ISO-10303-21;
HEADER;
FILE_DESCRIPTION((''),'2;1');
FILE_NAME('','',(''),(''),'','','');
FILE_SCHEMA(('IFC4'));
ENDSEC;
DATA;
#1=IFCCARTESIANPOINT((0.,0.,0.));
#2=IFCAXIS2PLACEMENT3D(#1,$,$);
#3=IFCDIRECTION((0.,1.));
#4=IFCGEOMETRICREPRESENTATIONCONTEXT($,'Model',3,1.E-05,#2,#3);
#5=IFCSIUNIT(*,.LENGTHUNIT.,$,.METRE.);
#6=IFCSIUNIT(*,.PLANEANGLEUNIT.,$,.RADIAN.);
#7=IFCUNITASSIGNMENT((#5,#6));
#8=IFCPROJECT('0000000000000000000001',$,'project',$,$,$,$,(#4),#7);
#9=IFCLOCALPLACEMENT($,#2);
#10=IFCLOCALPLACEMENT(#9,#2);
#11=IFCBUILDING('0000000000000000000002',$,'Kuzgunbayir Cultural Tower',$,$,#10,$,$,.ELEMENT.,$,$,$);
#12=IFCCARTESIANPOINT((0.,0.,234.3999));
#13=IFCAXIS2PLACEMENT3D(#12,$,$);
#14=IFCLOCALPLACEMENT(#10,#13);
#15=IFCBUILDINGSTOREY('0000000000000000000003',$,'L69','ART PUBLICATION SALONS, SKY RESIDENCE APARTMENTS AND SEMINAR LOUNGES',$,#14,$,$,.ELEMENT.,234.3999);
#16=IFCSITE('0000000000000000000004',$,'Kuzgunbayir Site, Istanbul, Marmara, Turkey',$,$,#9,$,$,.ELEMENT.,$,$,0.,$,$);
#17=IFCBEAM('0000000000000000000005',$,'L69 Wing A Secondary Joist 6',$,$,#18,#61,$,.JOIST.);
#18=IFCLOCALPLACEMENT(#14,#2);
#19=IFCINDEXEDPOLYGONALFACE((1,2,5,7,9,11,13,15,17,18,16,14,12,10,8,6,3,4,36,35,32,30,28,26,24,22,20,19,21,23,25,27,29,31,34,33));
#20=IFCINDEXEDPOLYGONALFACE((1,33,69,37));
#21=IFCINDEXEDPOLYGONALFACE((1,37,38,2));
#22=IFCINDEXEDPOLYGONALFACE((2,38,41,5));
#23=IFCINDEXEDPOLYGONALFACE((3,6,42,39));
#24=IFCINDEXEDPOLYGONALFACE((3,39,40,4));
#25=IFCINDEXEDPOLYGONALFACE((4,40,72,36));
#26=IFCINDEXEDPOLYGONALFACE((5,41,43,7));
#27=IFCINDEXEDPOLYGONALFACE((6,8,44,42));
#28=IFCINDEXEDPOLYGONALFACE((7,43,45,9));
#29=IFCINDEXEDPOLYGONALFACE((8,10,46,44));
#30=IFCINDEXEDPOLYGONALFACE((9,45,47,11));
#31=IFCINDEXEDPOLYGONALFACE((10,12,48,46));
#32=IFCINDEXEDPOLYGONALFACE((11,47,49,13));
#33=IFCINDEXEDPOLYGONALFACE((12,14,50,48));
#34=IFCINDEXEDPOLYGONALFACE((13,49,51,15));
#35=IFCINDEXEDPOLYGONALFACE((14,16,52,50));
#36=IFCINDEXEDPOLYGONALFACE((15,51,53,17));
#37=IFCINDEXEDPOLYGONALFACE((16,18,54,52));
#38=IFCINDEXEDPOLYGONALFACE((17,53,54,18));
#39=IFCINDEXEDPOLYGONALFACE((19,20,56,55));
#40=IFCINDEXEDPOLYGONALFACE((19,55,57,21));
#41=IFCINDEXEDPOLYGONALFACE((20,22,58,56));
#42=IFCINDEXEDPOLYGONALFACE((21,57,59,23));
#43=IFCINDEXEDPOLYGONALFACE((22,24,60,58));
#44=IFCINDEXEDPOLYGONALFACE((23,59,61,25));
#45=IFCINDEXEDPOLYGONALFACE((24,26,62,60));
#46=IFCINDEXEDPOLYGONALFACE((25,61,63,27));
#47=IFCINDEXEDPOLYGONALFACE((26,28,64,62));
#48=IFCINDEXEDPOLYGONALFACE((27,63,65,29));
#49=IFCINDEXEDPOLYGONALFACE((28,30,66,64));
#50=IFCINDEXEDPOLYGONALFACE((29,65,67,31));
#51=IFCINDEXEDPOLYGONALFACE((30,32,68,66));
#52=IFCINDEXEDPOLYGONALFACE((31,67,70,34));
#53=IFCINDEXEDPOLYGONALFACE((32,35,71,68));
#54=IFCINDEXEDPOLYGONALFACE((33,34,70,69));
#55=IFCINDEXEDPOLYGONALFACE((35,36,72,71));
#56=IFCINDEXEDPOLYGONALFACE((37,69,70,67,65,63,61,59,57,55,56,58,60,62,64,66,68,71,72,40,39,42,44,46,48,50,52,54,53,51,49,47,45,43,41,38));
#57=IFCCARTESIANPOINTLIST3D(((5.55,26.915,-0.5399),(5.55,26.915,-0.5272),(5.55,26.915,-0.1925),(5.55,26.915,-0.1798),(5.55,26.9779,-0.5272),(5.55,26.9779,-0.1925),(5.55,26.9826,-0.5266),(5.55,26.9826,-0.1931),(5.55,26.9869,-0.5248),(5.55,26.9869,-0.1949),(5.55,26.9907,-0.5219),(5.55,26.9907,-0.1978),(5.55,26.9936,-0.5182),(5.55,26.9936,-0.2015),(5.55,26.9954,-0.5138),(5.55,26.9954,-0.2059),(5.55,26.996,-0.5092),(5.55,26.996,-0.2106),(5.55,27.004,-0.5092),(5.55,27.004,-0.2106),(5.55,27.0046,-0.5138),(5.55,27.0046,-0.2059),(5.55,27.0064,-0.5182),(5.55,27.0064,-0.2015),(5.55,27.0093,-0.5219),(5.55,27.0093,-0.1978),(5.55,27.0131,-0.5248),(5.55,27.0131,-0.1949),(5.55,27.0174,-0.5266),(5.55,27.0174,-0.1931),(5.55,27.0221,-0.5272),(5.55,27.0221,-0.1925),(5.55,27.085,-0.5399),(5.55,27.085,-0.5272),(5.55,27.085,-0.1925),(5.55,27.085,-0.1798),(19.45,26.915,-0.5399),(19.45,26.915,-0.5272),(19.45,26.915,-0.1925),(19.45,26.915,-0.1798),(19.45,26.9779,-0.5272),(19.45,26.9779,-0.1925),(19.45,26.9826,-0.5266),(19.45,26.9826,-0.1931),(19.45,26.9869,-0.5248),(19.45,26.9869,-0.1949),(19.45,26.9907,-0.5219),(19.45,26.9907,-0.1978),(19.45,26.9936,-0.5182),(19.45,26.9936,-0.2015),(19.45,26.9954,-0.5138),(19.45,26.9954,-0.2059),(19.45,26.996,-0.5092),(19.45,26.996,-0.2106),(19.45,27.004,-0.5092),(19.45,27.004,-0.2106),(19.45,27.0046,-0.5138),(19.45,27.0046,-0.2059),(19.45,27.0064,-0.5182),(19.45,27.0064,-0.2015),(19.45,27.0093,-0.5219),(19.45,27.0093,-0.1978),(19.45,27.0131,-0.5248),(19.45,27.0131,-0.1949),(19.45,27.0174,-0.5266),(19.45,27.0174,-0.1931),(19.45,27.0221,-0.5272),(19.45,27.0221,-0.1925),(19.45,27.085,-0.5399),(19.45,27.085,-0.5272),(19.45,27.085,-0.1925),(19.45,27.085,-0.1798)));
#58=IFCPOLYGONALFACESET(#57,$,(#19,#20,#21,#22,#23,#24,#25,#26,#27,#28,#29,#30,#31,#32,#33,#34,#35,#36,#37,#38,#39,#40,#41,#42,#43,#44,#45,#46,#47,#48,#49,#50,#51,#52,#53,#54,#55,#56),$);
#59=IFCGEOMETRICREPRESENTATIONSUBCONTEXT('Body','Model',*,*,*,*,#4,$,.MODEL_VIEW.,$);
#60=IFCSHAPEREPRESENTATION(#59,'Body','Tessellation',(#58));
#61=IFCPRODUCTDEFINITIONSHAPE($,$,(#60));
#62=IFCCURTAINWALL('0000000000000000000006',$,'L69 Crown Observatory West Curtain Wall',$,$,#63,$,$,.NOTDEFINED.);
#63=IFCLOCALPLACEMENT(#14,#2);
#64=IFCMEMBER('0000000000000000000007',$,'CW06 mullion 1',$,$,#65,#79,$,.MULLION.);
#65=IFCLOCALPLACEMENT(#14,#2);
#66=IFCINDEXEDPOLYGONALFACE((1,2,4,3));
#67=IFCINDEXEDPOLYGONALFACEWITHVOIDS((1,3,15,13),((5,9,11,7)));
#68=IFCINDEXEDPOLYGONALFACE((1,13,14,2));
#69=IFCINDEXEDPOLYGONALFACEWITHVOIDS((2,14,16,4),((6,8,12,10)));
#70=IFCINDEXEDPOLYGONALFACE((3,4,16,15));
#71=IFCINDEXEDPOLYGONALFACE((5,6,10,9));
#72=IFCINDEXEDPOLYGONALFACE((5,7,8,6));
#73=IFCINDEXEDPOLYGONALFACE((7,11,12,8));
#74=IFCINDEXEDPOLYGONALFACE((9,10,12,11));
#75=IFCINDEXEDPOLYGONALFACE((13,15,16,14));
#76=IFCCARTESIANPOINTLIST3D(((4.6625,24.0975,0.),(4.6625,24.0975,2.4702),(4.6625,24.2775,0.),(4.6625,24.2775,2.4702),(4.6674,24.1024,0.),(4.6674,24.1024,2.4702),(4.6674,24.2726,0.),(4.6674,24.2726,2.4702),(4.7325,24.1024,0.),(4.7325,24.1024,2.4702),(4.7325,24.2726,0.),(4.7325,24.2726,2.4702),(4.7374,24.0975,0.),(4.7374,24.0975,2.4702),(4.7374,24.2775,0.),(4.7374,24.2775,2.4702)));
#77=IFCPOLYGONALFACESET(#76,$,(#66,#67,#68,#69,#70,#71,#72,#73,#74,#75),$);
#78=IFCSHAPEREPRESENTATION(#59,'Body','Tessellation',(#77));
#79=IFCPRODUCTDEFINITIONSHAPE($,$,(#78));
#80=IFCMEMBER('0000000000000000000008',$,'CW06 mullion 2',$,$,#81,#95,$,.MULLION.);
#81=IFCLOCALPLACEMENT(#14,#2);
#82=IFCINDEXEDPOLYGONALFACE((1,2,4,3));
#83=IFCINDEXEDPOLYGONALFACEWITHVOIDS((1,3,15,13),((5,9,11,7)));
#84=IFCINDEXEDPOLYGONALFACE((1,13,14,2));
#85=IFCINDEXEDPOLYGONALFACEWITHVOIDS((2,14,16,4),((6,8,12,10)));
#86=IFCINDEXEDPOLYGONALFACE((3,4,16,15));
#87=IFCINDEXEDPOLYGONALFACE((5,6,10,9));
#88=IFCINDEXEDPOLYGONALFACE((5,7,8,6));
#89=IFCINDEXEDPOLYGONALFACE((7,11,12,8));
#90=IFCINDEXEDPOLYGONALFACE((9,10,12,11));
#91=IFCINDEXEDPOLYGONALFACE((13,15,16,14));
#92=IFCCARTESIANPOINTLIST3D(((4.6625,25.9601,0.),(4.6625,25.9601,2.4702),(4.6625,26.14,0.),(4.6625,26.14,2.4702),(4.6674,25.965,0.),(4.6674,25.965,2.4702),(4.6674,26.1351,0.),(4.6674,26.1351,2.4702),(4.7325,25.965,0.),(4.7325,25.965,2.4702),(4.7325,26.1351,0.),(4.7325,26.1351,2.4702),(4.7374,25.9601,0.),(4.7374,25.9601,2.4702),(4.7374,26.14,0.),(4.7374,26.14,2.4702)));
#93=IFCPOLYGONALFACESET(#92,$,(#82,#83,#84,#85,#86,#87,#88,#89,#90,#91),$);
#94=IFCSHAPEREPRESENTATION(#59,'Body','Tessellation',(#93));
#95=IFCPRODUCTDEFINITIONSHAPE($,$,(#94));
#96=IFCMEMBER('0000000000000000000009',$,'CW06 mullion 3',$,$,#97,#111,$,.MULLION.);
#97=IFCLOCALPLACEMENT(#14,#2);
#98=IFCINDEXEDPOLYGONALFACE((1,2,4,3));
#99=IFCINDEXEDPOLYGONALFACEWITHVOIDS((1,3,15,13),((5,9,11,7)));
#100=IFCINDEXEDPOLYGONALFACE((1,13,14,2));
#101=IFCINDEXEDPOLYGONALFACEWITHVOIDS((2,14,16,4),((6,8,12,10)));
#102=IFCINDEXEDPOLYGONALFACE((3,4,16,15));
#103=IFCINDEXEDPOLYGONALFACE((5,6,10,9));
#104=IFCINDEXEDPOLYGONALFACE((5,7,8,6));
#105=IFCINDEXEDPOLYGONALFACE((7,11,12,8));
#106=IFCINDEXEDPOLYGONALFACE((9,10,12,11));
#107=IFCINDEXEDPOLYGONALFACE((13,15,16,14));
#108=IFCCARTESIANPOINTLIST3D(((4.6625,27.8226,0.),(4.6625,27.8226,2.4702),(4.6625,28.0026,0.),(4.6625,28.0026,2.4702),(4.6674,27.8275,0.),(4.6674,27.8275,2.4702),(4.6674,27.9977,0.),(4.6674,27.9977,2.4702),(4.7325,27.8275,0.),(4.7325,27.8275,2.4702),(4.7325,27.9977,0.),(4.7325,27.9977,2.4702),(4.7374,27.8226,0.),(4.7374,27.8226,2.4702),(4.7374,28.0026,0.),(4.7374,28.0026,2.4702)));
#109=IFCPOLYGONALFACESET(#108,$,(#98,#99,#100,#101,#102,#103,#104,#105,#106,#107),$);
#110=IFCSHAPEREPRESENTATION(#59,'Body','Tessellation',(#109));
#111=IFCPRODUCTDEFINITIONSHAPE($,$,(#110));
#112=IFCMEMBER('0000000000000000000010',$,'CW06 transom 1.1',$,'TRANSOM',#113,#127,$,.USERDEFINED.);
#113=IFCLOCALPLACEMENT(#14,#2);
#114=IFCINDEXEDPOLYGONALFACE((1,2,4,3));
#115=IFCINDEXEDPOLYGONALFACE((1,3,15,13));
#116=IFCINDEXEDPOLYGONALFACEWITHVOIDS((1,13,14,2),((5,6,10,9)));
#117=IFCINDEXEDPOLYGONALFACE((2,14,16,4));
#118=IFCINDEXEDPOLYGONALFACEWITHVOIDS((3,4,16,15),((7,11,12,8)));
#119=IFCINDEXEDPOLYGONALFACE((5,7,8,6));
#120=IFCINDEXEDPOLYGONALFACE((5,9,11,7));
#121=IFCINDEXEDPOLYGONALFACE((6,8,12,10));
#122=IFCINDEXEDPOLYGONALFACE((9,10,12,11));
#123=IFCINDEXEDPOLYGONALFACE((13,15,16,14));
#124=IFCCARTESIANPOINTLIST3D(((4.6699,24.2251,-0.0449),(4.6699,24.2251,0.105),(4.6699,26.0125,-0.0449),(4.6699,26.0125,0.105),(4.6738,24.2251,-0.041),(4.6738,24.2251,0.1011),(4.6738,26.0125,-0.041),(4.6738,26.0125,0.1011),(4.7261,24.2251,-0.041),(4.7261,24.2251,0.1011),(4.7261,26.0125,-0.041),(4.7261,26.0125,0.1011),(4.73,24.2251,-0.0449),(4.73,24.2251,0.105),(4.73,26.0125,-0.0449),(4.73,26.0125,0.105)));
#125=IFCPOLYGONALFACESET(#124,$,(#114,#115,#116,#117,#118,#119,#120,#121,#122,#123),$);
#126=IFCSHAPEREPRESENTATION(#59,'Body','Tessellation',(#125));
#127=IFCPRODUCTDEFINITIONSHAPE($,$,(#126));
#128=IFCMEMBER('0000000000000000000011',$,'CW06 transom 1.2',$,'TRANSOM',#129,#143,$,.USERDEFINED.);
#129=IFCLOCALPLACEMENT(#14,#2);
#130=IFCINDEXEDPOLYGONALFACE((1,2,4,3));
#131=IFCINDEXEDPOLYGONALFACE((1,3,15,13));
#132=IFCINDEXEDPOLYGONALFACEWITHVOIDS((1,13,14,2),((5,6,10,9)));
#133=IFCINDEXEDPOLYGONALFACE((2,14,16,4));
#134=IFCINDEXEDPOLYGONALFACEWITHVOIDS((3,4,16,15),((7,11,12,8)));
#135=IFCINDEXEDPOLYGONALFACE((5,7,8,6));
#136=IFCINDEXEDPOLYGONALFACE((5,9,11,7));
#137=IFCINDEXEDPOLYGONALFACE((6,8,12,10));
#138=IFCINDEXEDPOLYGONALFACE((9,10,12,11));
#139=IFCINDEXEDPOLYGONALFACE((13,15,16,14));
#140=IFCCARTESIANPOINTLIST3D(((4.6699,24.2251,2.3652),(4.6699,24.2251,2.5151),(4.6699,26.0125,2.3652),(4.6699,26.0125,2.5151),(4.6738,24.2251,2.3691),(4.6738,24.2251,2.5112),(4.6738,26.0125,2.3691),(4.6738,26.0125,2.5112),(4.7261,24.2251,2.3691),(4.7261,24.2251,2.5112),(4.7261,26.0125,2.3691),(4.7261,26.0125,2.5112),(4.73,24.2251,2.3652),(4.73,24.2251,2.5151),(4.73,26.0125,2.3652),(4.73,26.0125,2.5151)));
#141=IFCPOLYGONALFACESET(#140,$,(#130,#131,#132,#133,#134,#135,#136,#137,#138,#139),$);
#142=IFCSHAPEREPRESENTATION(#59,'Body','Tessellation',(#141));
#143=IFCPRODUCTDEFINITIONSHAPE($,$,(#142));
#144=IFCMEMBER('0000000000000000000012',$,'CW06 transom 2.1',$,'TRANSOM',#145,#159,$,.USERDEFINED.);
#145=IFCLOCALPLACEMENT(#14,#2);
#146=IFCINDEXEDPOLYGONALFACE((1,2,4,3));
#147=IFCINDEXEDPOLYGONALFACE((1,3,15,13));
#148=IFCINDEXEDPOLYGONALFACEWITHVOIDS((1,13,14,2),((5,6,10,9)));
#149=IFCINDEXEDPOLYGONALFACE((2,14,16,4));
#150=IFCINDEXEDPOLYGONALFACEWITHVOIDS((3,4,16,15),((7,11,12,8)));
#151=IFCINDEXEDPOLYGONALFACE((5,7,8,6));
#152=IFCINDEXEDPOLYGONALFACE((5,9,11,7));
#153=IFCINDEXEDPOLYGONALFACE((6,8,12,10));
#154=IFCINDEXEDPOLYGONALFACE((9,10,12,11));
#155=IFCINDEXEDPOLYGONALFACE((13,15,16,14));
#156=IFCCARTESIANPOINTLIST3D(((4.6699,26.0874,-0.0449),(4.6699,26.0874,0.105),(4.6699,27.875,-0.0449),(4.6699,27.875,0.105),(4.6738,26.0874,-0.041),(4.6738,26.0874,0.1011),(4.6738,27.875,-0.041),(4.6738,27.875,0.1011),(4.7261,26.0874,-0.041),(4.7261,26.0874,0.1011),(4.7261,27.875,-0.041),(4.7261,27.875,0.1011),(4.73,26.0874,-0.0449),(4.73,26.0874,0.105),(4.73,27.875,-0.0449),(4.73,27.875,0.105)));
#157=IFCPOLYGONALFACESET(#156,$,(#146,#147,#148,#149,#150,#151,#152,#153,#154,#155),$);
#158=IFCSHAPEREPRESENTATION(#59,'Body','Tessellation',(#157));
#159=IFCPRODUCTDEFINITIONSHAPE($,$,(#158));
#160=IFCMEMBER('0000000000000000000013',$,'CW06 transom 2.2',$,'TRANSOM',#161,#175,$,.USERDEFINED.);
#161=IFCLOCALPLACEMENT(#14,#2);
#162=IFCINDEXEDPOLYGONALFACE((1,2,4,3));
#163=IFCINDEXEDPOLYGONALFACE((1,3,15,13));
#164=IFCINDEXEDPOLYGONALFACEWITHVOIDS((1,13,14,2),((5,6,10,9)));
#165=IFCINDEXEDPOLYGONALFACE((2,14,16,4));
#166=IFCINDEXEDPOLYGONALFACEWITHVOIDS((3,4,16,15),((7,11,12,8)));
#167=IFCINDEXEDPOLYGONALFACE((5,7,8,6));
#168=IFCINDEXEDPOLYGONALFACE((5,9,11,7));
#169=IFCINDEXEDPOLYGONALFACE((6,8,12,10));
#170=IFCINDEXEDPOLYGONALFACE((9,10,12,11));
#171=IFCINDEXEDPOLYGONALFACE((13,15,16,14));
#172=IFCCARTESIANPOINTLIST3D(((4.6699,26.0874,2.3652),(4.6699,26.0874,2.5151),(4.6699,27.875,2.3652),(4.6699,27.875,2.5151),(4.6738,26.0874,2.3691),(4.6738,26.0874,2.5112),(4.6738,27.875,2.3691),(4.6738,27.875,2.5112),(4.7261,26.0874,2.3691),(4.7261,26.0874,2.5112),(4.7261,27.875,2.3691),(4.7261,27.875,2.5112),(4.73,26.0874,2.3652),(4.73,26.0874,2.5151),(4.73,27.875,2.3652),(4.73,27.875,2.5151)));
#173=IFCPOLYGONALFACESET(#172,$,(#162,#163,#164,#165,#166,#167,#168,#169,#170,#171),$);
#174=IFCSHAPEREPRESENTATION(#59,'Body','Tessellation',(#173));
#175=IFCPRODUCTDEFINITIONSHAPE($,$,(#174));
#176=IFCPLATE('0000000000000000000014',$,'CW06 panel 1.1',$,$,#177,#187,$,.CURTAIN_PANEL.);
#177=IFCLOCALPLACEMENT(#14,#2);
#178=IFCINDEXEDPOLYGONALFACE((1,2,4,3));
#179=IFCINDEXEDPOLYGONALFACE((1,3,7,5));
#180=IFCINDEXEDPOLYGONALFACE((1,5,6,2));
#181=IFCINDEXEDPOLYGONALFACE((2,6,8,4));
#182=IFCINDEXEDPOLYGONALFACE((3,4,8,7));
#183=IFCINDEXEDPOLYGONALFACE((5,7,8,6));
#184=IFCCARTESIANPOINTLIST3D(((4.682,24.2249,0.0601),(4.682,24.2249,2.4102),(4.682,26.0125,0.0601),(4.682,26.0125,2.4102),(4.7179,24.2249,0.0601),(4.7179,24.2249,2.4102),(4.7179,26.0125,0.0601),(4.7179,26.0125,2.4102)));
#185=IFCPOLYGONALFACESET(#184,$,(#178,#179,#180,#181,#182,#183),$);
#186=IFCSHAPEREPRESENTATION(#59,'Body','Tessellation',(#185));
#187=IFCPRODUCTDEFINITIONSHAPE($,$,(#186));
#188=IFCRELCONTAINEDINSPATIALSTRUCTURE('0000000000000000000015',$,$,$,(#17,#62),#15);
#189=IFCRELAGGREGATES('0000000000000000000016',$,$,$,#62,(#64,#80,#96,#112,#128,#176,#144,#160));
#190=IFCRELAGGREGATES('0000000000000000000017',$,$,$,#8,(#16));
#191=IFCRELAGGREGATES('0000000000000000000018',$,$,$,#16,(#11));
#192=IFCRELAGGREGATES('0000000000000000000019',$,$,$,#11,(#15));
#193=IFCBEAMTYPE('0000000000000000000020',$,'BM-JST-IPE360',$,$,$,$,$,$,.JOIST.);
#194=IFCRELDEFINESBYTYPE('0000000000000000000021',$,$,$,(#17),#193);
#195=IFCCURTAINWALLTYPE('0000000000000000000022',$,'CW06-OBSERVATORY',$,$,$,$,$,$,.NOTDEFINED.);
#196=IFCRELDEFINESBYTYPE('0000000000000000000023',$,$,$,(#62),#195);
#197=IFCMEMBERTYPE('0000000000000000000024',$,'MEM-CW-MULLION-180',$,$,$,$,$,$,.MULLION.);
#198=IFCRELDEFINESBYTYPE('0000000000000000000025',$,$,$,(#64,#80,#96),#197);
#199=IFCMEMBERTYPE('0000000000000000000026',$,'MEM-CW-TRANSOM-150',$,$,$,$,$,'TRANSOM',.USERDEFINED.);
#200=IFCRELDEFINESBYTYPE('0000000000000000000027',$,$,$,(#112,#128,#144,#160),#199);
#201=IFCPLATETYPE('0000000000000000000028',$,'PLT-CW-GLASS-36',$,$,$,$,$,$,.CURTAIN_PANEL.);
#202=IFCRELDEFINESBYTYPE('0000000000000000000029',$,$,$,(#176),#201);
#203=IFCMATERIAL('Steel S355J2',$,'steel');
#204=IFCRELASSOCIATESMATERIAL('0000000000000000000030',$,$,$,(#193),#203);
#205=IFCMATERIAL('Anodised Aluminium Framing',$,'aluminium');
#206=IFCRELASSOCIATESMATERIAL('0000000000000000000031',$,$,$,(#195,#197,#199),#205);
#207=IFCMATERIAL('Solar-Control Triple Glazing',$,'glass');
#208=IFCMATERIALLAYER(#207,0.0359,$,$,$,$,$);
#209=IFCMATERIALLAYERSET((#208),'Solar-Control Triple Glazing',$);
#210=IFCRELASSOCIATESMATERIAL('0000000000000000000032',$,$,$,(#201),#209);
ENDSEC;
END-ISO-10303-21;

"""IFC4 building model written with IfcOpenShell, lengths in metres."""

from ifc_helpers import new_model, si_unit, direction, frame, origin, origin_2d, place, context, subcontext, project, spatial, rectangle, hollow_rectangle, i_section, extrude, material, layer, layer_set, material_profile, profile_set, type_object, element, aggregate, save


model = new_model("IFC4")

# Units and contexts
model_context = context("Model", 3, precision=1e-05, world=origin(), true_north=direction((0.0, 1.0)))
body_context = subcontext(model_context, "Body", "Model", "MODEL_VIEW")
ifc_project = project(units=[si_unit("LENGTHUNIT", "METRE"), si_unit("PLANEANGLEUNIT", "RADIAN")], contexts=[model_context])

# Site, building, storey
site_placement = place(None, origin())
site = spatial("IfcSite", under=ifc_project, at=site_placement, Name="Kuzgunbayir Site, Istanbul, Marmara, Turkey", CompositionType="ELEMENT", RefElevation=0.0)
building_placement = place(site_placement, origin())
building = spatial("IfcBuilding", under=site, at=building_placement, Name="Kuzgunbayir Cultural Tower", CompositionType="ELEMENT")
storey_placement = place(building_placement, frame((0.0, 0.0, 234.3999)))
storey = spatial("IfcBuildingStorey", under=building, at=storey_placement, Name="L69", Description="ART PUBLICATION SALONS, SKY RESIDENCE APARTMENTS AND SEMINAR LOUNGES", CompositionType="ELEMENT", Elevation=234.3999)

# Beam
ifc_material_1 = material(Name="Steel S355J2", Category="steel")
ifc_material_profile_1 = material_profile(ifc_material_1, i_section(OverallWidth=0.1699, OverallDepth=0.3601, WebThickness=0.0081, FlangeThickness=0.0127, FilletRadius=0.0181, at=origin_2d()), Name="IPE 360")
ifc_profile_set_1 = profile_set([ifc_material_profile_1], Name="Steel S355J2")
beam_type_1 = type_object("IfcBeamType", Name="BM-JST-IPE360", PredefinedType="JOIST", material=ifc_profile_set_1)
for number, where, z_axis, x_axis, name in (
    (1, (5.55, 27.0, -0.3599), (1.0, 0.0, 0.0), (0.0, 1.0, 0.0), "L69 Wing A Secondary Joist 6"),
):
    element("IfcBeam", number, at=place(storey_placement, frame(where, z_axis=z_axis, x_axis=x_axis)), inside=storey, type_object=beam_type_1, Name=name, PredefinedType="JOIST", context=body_context, shape_type="SweptSolid", body=[
        extrude(i_section(OverallWidth=0.1699, OverallDepth=0.3601, WebThickness=0.0081, FlangeThickness=0.0127, FilletRadius=0.0181, at=origin_2d()), origin(), (0.0, 0.0, 1.0), 13.8999),
    ])

# Curtain wall, members, plate
ifc_material_2 = material(Name="Anodised Aluminium Framing", Category="aluminium")
curtain_wall_type = type_object("IfcCurtainWallType", Name="CW06-OBSERVATORY", PredefinedType="NOTDEFINED", material=ifc_material_2)
curtain_wall_placement = place(storey_placement, origin())
curtain_wall = element("IfcCurtainWall", 2, at=curtain_wall_placement, inside=storey, type_object=curtain_wall_type, Name="L69 Crown Observatory West Curtain Wall", PredefinedType="NOTDEFINED")
ifc_material_profile_2 = material_profile(ifc_material_2, hollow_rectangle(XDim=0.075, YDim=0.1799, WallThickness=0.0049, at=origin_2d()), Name="RHS 180x75x5")
ifc_profile_set_2 = profile_set([ifc_material_profile_2], Name="Anodised Aluminium Framing")
member_type_1 = type_object("IfcMemberType", Name="MEM-CW-MULLION-180", PredefinedType="MULLION", material=ifc_profile_set_2)
member_1_placement = place(storey_placement, frame((4.7, 24.1875, 0.0), z_axis=(0.0, 0.0, 1.0), x_axis=(-1.0, 0.0, 0.0)))
member_1 = element("IfcMember", 3, at=member_1_placement, type_object=member_type_1, Name="CW06 mullion 1", PredefinedType="MULLION", context=body_context, shape_type="SweptSolid", body=[
    extrude(hollow_rectangle(XDim=0.075, YDim=0.1799, WallThickness=0.0049, at=origin_2d()), origin(), (0.0, 0.0, 1.0), 2.4702),
])
member_2_placement = place(storey_placement, frame((4.7, 26.05, 0.0), z_axis=(0.0, 0.0, 1.0), x_axis=(-1.0, 0.0, 0.0)))
member_2 = element("IfcMember", 4, at=member_2_placement, type_object=member_type_1, Name="CW06 mullion 2", PredefinedType="MULLION", context=body_context, shape_type="SweptSolid", body=[
    extrude(hollow_rectangle(XDim=0.075, YDim=0.1799, WallThickness=0.0049, at=origin_2d()), origin(), (0.0, 0.0, 1.0), 2.4702),
])
member_3_placement = place(storey_placement, frame((4.7, 27.9126, 0.0), z_axis=(0.0, 0.0, 1.0), x_axis=(-1.0, 0.0, 0.0)))
member_3 = element("IfcMember", 5, at=member_3_placement, type_object=member_type_1, Name="CW06 mullion 3", PredefinedType="MULLION", context=body_context, shape_type="SweptSolid", body=[
    extrude(hollow_rectangle(XDim=0.075, YDim=0.1799, WallThickness=0.0049, at=origin_2d()), origin(), (0.0, 0.0, 1.0), 2.4702),
])
ifc_material_profile_3 = material_profile(ifc_material_2, hollow_rectangle(XDim=0.0601, YDim=0.1499, WallThickness=0.0039, at=origin_2d()), Name="RHS 150x60x4")
ifc_profile_set_3 = profile_set([ifc_material_profile_3], Name="Anodised Aluminium Framing")
member_type_2 = type_object("IfcMemberType", Name="MEM-CW-TRANSOM-150", ElementType="TRANSOM", PredefinedType="USERDEFINED", material=ifc_profile_set_3)
member_4_placement = place(storey_placement, frame((4.7, 24.2251, 0.03), z_axis=(0.0, 1.0, 0.0), x_axis=(-1.0, 0.0, 0.0)))
member_4 = element("IfcMember", 6, at=member_4_placement, type_object=member_type_2, Name="CW06 transom 1.1", ObjectType="TRANSOM", PredefinedType="USERDEFINED", context=body_context, shape_type="SweptSolid", body=[
    extrude(hollow_rectangle(XDim=0.0601, YDim=0.1499, WallThickness=0.0039, at=origin_2d()), origin(), (0.0, 0.0, 1.0), 1.7874),
])
member_5_placement = place(storey_placement, frame((4.7, 24.2251, 2.4402), z_axis=(0.0, 1.0, 0.0), x_axis=(-1.0, 0.0, 0.0)))
member_5 = element("IfcMember", 7, at=member_5_placement, type_object=member_type_2, Name="CW06 transom 1.2", ObjectType="TRANSOM", PredefinedType="USERDEFINED", context=body_context, shape_type="SweptSolid", body=[
    extrude(hollow_rectangle(XDim=0.0601, YDim=0.1499, WallThickness=0.0039, at=origin_2d()), origin(), (0.0, 0.0, 1.0), 1.7874),
])
member_6_placement = place(storey_placement, frame((4.7, 26.0874, 0.03), z_axis=(0.0, 1.0, 0.0), x_axis=(-1.0, 0.0, 0.0)))
member_6 = element("IfcMember", 8, at=member_6_placement, type_object=member_type_2, Name="CW06 transom 2.1", ObjectType="TRANSOM", PredefinedType="USERDEFINED", context=body_context, shape_type="SweptSolid", body=[
    extrude(hollow_rectangle(XDim=0.0601, YDim=0.1499, WallThickness=0.0039, at=origin_2d()), origin(), (0.0, 0.0, 1.0), 1.7876),
])
member_7_placement = place(storey_placement, frame((4.7, 26.0874, 2.4402), z_axis=(0.0, 1.0, 0.0), x_axis=(-1.0, 0.0, 0.0)))
member_7 = element("IfcMember", 9, at=member_7_placement, type_object=member_type_2, Name="CW06 transom 2.2", ObjectType="TRANSOM", PredefinedType="USERDEFINED", context=body_context, shape_type="SweptSolid", body=[
    extrude(hollow_rectangle(XDim=0.0601, YDim=0.1499, WallThickness=0.0039, at=origin_2d()), origin(), (0.0, 0.0, 1.0), 1.7876),
])
ifc_material_3 = material(Name="Solar-Control Triple Glazing", Category="glass")
ifc_layer_1 = layer(ifc_material_3, 0.0359)
ifc_layer_set_1 = layer_set([ifc_layer_1], Name="Solar-Control Triple Glazing")
plate_type = type_object("IfcPlateType", Name="PLT-CW-GLASS-36", PredefinedType="CURTAIN_PANEL", material=ifc_layer_set_1)
plate_1_placement = place(storey_placement, frame((4.7, 25.1187, 0.0601), z_axis=(0.0, 0.0, 1.0), x_axis=(0.0, 1.0, 0.0)))
plate_1 = element("IfcPlate", 10, at=plate_1_placement, type_object=plate_type, Name="CW06 panel 1.1", PredefinedType="CURTAIN_PANEL", context=body_context, shape_type="SweptSolid", body=[
    extrude(rectangle(XDim=1.7876, YDim=0.0359, at=origin_2d()), origin(), (0.0, 0.0, 1.0), 2.3501),
])
aggregate(curtain_wall, [member_1, member_2, member_3, member_4, member_5, plate_1, member_6, member_7])

save(model, "model.ifc")
